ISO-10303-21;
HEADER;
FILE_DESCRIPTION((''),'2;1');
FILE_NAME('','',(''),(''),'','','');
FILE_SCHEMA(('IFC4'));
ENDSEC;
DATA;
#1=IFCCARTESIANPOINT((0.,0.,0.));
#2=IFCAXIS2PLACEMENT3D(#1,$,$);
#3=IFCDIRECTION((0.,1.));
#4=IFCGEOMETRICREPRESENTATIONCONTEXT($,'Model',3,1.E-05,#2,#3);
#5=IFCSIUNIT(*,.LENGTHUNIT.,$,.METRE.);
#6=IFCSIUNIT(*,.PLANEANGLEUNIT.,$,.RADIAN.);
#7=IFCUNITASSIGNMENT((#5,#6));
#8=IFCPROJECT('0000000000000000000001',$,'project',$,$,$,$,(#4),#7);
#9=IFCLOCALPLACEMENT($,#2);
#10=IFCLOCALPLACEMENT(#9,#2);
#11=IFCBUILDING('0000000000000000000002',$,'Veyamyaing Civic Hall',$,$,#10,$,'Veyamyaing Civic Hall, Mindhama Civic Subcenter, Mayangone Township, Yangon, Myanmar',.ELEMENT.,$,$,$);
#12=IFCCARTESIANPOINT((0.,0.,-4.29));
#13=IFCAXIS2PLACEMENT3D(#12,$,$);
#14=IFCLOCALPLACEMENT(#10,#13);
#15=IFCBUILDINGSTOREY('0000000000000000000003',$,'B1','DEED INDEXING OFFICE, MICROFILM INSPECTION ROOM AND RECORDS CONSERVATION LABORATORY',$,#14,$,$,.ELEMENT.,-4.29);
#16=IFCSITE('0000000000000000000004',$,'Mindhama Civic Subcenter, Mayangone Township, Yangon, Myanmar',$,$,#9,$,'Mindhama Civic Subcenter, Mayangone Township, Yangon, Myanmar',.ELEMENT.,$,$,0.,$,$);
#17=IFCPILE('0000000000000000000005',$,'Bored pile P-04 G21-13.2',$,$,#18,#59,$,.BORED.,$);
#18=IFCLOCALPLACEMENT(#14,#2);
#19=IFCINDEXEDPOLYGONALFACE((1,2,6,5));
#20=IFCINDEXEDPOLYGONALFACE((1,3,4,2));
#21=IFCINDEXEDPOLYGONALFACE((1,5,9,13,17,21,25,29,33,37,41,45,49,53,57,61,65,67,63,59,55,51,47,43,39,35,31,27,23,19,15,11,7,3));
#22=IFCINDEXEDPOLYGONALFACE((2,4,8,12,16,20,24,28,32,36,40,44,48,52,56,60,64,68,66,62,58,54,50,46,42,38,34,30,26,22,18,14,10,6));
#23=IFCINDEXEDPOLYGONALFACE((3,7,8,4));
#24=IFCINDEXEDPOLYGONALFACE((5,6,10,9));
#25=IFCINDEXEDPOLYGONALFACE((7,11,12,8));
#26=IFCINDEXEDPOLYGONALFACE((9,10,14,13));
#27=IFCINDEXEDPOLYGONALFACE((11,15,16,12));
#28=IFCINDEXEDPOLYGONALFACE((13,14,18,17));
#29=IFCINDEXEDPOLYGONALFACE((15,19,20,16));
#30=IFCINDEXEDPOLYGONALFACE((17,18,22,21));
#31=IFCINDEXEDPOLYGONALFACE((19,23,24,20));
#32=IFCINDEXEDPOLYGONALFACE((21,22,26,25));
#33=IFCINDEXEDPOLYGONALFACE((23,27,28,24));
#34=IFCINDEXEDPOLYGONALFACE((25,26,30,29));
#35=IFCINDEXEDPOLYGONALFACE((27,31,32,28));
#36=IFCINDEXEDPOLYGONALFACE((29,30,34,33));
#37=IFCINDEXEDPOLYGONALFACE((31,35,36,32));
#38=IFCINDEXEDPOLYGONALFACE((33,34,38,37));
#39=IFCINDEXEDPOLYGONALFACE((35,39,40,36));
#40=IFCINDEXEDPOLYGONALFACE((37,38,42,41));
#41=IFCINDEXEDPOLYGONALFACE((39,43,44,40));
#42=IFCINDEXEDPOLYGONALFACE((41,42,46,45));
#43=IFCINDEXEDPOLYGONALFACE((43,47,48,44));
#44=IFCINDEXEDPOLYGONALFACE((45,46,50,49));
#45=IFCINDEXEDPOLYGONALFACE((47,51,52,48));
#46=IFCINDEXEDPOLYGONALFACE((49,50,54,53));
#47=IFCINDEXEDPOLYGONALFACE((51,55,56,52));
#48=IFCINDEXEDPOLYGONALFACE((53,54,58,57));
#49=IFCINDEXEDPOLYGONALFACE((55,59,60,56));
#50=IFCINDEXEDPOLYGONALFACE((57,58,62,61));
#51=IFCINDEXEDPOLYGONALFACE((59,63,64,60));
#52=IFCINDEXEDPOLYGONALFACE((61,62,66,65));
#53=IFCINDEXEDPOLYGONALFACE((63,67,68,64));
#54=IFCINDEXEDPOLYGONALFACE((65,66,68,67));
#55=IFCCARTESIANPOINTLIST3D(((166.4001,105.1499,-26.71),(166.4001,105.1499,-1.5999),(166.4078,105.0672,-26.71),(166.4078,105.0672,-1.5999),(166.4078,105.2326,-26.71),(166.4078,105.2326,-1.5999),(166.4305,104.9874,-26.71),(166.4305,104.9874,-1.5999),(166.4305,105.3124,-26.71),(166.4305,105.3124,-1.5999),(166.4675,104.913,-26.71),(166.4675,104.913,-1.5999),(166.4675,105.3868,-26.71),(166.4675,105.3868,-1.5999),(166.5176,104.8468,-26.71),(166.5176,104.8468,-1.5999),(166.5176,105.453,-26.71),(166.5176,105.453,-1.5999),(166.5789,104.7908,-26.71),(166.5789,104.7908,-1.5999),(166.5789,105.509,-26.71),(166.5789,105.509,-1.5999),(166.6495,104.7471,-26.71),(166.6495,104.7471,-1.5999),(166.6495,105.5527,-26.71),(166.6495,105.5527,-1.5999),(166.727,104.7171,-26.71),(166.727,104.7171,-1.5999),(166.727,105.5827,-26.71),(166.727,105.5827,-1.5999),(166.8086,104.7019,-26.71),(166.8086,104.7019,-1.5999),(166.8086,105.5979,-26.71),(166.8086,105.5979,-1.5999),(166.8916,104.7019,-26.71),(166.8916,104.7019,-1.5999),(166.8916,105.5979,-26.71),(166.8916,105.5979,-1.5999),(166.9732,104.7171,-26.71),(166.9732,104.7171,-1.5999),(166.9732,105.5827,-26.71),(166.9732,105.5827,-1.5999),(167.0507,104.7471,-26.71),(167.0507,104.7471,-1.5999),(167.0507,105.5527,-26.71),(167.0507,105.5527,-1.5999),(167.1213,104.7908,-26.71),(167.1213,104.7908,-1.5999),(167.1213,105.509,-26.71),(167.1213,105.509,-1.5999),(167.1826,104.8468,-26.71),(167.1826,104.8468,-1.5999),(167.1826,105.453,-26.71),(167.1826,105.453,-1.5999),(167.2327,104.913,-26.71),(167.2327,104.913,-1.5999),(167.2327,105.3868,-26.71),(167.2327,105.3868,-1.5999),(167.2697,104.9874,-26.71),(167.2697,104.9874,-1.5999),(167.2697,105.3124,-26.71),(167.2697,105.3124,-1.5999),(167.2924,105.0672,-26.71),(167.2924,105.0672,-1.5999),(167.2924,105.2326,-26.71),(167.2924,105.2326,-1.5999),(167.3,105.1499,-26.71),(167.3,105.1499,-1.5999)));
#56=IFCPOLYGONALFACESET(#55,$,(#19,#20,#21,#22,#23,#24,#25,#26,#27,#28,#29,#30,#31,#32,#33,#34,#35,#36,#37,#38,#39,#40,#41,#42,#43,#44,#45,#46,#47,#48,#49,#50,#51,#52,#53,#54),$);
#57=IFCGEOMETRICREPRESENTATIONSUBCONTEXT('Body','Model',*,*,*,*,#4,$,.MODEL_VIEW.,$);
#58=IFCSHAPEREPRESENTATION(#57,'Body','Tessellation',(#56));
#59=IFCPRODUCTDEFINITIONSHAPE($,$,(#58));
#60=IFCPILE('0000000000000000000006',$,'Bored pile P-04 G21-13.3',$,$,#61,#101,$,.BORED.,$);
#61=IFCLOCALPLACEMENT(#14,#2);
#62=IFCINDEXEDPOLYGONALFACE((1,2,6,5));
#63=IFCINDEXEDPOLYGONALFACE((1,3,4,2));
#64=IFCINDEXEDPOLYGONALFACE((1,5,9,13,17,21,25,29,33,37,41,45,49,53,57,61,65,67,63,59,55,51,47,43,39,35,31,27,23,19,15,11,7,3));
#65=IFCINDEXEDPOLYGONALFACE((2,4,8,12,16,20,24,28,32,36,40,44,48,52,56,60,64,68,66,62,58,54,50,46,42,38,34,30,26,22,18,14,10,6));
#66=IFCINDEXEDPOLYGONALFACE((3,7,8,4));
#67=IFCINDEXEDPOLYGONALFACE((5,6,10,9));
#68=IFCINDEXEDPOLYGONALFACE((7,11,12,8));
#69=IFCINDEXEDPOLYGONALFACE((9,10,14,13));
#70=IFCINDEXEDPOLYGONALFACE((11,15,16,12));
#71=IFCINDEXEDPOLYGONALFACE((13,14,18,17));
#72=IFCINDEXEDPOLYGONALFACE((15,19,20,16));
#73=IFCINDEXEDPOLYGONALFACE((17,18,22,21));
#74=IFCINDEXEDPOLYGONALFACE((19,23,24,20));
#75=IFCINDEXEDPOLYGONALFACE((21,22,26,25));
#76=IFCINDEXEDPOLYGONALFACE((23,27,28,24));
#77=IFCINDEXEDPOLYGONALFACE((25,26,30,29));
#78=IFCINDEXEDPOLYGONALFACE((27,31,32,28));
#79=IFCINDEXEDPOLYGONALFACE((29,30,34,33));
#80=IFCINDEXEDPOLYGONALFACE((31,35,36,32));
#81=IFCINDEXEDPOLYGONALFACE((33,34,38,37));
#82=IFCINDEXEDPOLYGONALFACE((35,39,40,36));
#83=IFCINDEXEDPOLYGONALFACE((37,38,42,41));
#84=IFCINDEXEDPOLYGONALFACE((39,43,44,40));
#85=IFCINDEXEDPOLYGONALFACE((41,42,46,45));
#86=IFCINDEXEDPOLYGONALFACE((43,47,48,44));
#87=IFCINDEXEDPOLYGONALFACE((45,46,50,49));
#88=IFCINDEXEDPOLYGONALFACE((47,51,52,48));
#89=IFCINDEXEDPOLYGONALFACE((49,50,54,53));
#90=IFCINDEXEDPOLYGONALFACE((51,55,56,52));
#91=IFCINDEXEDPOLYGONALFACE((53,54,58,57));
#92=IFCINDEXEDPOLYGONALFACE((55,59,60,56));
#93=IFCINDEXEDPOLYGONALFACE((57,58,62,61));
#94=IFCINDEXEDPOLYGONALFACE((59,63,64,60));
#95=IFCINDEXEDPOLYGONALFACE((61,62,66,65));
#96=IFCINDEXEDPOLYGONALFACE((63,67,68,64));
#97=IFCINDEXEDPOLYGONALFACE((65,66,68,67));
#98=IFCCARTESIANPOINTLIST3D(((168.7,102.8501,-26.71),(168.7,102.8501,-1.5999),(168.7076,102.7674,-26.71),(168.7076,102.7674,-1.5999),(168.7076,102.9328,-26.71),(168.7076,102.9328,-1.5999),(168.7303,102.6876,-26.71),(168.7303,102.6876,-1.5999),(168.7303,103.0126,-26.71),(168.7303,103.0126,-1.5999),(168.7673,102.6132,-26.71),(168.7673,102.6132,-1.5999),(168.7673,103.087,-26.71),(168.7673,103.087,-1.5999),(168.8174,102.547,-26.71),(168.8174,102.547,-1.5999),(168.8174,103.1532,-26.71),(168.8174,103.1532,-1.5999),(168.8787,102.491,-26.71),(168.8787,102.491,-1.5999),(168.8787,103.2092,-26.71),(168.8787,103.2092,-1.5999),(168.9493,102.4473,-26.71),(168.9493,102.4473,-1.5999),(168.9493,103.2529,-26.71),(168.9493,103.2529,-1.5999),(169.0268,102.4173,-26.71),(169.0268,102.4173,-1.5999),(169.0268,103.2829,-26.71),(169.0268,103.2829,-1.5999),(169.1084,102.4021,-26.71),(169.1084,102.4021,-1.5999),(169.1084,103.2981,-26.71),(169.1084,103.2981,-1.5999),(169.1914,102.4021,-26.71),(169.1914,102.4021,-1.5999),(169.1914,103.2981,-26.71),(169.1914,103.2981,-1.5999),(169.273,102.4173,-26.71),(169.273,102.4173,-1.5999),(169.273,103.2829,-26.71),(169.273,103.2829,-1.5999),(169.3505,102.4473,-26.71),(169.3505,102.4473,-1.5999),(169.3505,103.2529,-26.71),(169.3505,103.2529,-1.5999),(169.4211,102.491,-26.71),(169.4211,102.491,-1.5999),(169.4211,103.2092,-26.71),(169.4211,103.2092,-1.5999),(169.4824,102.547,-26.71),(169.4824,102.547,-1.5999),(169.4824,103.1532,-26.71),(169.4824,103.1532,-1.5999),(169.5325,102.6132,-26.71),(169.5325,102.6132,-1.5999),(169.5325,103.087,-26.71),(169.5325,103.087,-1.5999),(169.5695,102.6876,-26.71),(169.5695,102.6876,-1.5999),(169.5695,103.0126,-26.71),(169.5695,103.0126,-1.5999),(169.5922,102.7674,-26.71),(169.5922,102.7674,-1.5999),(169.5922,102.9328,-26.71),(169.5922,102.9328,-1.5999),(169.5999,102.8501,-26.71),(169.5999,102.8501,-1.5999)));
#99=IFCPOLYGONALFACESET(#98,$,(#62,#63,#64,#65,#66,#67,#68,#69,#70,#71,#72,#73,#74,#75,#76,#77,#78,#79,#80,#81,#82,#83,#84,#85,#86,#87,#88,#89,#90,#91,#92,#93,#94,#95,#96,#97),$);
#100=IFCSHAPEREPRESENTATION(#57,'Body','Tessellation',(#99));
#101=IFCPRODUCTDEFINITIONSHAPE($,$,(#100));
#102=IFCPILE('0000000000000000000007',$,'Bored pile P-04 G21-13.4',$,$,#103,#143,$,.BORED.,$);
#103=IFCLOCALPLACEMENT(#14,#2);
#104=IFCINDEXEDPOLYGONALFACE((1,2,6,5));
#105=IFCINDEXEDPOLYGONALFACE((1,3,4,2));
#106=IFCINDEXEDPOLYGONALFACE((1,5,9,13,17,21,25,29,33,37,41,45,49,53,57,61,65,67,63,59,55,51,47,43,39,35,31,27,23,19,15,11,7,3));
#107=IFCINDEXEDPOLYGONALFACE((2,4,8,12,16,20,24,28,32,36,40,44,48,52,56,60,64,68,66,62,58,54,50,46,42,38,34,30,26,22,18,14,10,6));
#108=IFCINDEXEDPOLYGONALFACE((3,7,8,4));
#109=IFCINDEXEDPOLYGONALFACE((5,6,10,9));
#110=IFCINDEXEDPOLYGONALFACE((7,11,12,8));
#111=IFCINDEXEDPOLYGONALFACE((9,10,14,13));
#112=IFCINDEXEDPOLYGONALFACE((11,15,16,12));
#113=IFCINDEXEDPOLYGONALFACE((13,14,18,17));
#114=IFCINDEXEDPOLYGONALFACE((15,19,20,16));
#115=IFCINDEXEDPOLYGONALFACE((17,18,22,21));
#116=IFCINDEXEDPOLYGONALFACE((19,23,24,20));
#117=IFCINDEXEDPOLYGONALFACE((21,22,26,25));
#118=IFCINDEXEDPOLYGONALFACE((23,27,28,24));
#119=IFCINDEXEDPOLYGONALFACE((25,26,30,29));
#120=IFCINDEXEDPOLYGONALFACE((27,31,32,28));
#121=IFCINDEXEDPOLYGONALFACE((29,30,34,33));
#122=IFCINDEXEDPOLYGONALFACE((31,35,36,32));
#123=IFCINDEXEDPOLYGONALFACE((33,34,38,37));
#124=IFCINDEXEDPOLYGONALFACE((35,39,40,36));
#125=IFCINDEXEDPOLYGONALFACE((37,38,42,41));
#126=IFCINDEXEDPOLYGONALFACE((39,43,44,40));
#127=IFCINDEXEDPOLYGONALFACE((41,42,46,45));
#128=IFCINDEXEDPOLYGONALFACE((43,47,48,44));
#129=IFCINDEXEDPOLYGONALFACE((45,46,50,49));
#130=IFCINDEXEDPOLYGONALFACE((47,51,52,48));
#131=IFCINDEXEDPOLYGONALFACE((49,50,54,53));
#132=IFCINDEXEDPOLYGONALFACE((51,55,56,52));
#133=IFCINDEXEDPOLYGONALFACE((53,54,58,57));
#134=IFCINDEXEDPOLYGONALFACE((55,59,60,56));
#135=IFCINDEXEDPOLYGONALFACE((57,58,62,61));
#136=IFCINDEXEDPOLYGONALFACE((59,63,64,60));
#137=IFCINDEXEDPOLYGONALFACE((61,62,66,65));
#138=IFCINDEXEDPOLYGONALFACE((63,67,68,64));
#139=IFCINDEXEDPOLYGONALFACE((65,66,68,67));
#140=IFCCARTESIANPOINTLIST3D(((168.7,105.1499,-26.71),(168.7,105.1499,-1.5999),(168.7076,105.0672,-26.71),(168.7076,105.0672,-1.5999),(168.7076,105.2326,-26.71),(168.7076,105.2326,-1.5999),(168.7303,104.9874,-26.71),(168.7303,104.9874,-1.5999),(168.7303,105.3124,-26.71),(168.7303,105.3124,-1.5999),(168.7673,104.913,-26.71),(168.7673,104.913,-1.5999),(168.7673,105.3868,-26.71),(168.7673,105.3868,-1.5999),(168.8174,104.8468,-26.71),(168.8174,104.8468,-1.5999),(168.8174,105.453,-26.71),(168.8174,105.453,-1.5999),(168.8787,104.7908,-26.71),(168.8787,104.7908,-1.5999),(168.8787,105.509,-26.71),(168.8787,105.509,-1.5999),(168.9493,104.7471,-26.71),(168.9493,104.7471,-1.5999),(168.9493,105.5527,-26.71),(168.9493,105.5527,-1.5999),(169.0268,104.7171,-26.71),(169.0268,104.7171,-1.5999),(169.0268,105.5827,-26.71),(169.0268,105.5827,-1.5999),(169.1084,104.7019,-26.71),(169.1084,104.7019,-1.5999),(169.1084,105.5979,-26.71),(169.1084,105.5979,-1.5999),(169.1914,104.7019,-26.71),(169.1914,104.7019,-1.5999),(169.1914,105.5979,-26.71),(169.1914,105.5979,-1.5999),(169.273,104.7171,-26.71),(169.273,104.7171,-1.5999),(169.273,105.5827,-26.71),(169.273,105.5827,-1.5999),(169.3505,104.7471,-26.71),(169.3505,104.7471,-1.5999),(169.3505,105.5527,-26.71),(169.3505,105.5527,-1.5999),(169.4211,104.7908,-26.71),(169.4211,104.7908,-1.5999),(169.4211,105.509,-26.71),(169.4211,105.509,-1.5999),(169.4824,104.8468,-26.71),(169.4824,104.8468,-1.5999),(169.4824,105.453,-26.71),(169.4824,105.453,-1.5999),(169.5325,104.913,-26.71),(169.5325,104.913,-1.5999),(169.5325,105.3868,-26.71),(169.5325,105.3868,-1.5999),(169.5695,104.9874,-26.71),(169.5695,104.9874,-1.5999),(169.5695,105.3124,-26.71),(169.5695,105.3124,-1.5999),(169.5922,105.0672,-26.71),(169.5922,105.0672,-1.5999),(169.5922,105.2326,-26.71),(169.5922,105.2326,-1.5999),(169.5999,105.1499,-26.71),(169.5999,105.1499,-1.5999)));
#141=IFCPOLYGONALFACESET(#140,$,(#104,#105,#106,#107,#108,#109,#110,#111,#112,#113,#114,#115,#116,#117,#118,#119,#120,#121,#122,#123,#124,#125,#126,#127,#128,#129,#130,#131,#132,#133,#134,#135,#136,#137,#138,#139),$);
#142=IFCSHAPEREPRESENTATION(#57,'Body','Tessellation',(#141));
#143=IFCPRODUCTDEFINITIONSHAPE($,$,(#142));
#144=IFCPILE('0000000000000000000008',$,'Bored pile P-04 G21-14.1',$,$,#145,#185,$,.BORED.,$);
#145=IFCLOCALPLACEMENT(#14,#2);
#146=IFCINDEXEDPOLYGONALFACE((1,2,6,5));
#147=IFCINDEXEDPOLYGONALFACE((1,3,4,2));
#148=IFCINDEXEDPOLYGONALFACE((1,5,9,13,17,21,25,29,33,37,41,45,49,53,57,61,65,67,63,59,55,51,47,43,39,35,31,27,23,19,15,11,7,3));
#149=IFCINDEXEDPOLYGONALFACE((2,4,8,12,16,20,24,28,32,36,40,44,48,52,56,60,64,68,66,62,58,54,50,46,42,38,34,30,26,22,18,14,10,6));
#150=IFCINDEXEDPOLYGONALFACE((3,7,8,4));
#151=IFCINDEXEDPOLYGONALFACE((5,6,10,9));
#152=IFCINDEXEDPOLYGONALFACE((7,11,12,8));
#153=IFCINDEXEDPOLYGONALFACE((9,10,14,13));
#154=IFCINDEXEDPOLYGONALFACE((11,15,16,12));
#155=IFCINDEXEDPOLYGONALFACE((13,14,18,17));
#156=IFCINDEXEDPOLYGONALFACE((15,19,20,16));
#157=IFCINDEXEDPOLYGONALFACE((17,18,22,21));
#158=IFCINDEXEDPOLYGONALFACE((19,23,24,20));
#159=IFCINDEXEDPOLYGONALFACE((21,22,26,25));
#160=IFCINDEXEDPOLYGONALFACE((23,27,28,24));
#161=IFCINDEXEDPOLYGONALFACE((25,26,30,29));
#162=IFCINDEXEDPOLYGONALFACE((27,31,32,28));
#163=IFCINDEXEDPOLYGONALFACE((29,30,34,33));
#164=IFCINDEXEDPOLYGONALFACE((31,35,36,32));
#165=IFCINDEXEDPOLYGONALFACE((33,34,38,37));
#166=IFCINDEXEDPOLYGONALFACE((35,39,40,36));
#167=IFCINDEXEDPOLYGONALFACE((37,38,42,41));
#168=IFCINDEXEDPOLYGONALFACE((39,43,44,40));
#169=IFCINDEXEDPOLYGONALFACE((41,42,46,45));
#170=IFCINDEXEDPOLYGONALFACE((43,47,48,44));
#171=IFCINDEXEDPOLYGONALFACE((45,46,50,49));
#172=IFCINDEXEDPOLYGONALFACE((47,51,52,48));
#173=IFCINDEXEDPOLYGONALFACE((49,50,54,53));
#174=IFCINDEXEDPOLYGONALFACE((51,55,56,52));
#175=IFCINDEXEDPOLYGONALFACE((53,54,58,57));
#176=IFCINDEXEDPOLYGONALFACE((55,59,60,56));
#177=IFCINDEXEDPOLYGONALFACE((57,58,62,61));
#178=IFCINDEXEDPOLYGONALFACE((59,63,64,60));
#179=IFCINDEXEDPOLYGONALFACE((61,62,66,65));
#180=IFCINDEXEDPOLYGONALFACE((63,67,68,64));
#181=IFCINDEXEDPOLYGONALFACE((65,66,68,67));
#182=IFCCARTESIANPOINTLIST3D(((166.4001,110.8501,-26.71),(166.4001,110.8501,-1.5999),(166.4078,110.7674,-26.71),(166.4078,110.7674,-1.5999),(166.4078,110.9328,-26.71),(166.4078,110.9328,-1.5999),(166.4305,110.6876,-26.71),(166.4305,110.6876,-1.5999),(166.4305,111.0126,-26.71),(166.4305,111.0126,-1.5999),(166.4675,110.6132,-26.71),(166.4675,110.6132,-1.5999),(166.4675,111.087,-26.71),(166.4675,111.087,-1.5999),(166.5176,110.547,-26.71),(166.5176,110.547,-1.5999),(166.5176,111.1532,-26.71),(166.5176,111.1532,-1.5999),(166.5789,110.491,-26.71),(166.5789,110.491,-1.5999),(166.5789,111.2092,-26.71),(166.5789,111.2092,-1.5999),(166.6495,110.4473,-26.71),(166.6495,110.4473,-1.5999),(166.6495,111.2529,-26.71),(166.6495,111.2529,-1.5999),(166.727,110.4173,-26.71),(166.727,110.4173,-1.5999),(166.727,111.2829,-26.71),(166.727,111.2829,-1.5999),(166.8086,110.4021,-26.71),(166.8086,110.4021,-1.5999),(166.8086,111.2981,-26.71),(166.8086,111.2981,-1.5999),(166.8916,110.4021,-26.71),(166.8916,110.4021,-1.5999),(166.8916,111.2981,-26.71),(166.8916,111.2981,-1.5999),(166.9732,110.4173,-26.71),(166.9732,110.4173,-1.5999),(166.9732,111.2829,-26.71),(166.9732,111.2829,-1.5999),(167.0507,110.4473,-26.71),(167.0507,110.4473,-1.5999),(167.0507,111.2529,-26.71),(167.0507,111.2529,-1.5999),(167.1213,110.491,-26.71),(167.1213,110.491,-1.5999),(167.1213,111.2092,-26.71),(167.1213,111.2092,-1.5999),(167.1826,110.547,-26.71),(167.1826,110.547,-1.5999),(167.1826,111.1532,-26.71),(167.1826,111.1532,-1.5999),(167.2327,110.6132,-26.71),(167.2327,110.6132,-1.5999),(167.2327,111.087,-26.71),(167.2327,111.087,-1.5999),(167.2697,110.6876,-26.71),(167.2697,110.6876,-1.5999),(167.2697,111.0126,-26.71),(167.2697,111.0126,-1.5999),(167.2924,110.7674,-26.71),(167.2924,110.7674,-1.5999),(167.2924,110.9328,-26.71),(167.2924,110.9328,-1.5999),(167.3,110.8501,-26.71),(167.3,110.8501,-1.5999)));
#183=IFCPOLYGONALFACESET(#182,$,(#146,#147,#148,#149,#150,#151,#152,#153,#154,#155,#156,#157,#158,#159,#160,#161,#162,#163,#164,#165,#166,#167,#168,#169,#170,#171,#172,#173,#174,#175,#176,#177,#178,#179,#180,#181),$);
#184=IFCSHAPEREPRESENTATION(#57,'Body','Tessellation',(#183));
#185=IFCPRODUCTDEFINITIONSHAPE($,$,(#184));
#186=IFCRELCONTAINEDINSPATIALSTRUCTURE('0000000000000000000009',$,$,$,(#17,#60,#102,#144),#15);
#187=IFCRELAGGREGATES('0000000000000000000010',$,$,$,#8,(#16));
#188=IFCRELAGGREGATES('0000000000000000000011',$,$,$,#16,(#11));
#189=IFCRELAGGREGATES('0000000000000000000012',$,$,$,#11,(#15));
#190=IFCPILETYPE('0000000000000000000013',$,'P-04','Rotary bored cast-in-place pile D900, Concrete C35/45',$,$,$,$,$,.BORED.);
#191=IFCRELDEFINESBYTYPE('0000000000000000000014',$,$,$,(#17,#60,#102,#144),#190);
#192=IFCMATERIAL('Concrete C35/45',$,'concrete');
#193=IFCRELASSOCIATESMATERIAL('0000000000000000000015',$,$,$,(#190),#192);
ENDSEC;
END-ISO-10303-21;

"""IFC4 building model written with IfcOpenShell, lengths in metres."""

from ifc_helpers import new_model, si_unit, direction, frame, origin, origin_2d, place, context, subcontext, project, spatial, circle, extrude, material, material_profile, profile_set, type_object, element, save


model = new_model("IFC4")

# Units and contexts
model_context = context("Model", 3, precision=1e-05, world=origin(), true_north=direction((0.0, 1.0)))
body_context = subcontext(model_context, "Body", "Model", "MODEL_VIEW")
ifc_project = project(units=[si_unit("LENGTHUNIT", "METRE"), si_unit("PLANEANGLEUNIT", "RADIAN")], contexts=[model_context])

# Site, building, storey
site_placement = place(None, origin())
site = spatial("IfcSite", under=ifc_project, at=site_placement, Name="Mindhama Civic Subcenter, Mayangone Township, Yangon, Myanmar", LongName="Mindhama Civic Subcenter, Mayangone Township, Yangon, Myanmar", CompositionType="ELEMENT", RefElevation=0.0)
building_placement = place(site_placement, origin())
building = spatial("IfcBuilding", under=site, at=building_placement, Name="Veyamyaing Civic Hall", LongName="Veyamyaing Civic Hall, Mindhama Civic Subcenter, Mayangone Township, Yangon, Myanmar", CompositionType="ELEMENT")
storey_placement = place(building_placement, frame((0.0, 0.0, -4.29)))
storey = spatial("IfcBuildingStorey", under=building, at=storey_placement, Name="B1", Description="DEED INDEXING OFFICE, MICROFILM INSPECTION ROOM AND RECORDS CONSERVATION LABORATORY", CompositionType="ELEMENT", Elevation=-4.29)

# Piles
ifc_material_1 = material(Name="Concrete C35/45", Category="concrete")
ifc_material_profile_1 = material_profile(ifc_material_1, circle(Radius=0.45, at=origin_2d()), Name="PILE-D900")
ifc_profile_set_1 = profile_set([ifc_material_profile_1], Name="Concrete C35/45")
pile_type_1 = type_object("IfcPileType", Name="P-04", Description="Rotary bored cast-in-place pile D900, Concrete C35/45", PredefinedType="BORED", material=ifc_profile_set_1)
for number, where, z_axis, x_axis, name in (
    (1, (166.8501, 105.1499, -1.5999), (0.0, 0.0, -1.0), (1.0, 0.0, 0.0), "Bored pile P-04 G21-13.2"),
    (2, (169.1499, 102.8501, -1.5999), (0.0, 0.0, -1.0), (1.0, 0.0, 0.0), "Bored pile P-04 G21-13.3"),
    (3, (169.1499, 105.1499, -1.5999), (0.0, 0.0, -1.0), (1.0, 0.0, 0.0), "Bored pile P-04 G21-13.4"),
    (4, (166.8501, 110.8501, -1.5999), (0.0, 0.0, -1.0), (1.0, 0.0, 0.0), "Bored pile P-04 G21-14.1"),
):
    element("IfcPile", number, at=place(storey_placement, frame(where, z_axis=z_axis, x_axis=x_axis)), inside=storey, type_object=pile_type_1, Name=name, PredefinedType="BORED", context=body_context, shape_type="SweptSolid", body=[
        extrude(circle(Radius=0.45, at=origin_2d()), origin(), (0.0, 0.0, 1.0), 25.1101),
    ])

save(model, "model.ifc")
